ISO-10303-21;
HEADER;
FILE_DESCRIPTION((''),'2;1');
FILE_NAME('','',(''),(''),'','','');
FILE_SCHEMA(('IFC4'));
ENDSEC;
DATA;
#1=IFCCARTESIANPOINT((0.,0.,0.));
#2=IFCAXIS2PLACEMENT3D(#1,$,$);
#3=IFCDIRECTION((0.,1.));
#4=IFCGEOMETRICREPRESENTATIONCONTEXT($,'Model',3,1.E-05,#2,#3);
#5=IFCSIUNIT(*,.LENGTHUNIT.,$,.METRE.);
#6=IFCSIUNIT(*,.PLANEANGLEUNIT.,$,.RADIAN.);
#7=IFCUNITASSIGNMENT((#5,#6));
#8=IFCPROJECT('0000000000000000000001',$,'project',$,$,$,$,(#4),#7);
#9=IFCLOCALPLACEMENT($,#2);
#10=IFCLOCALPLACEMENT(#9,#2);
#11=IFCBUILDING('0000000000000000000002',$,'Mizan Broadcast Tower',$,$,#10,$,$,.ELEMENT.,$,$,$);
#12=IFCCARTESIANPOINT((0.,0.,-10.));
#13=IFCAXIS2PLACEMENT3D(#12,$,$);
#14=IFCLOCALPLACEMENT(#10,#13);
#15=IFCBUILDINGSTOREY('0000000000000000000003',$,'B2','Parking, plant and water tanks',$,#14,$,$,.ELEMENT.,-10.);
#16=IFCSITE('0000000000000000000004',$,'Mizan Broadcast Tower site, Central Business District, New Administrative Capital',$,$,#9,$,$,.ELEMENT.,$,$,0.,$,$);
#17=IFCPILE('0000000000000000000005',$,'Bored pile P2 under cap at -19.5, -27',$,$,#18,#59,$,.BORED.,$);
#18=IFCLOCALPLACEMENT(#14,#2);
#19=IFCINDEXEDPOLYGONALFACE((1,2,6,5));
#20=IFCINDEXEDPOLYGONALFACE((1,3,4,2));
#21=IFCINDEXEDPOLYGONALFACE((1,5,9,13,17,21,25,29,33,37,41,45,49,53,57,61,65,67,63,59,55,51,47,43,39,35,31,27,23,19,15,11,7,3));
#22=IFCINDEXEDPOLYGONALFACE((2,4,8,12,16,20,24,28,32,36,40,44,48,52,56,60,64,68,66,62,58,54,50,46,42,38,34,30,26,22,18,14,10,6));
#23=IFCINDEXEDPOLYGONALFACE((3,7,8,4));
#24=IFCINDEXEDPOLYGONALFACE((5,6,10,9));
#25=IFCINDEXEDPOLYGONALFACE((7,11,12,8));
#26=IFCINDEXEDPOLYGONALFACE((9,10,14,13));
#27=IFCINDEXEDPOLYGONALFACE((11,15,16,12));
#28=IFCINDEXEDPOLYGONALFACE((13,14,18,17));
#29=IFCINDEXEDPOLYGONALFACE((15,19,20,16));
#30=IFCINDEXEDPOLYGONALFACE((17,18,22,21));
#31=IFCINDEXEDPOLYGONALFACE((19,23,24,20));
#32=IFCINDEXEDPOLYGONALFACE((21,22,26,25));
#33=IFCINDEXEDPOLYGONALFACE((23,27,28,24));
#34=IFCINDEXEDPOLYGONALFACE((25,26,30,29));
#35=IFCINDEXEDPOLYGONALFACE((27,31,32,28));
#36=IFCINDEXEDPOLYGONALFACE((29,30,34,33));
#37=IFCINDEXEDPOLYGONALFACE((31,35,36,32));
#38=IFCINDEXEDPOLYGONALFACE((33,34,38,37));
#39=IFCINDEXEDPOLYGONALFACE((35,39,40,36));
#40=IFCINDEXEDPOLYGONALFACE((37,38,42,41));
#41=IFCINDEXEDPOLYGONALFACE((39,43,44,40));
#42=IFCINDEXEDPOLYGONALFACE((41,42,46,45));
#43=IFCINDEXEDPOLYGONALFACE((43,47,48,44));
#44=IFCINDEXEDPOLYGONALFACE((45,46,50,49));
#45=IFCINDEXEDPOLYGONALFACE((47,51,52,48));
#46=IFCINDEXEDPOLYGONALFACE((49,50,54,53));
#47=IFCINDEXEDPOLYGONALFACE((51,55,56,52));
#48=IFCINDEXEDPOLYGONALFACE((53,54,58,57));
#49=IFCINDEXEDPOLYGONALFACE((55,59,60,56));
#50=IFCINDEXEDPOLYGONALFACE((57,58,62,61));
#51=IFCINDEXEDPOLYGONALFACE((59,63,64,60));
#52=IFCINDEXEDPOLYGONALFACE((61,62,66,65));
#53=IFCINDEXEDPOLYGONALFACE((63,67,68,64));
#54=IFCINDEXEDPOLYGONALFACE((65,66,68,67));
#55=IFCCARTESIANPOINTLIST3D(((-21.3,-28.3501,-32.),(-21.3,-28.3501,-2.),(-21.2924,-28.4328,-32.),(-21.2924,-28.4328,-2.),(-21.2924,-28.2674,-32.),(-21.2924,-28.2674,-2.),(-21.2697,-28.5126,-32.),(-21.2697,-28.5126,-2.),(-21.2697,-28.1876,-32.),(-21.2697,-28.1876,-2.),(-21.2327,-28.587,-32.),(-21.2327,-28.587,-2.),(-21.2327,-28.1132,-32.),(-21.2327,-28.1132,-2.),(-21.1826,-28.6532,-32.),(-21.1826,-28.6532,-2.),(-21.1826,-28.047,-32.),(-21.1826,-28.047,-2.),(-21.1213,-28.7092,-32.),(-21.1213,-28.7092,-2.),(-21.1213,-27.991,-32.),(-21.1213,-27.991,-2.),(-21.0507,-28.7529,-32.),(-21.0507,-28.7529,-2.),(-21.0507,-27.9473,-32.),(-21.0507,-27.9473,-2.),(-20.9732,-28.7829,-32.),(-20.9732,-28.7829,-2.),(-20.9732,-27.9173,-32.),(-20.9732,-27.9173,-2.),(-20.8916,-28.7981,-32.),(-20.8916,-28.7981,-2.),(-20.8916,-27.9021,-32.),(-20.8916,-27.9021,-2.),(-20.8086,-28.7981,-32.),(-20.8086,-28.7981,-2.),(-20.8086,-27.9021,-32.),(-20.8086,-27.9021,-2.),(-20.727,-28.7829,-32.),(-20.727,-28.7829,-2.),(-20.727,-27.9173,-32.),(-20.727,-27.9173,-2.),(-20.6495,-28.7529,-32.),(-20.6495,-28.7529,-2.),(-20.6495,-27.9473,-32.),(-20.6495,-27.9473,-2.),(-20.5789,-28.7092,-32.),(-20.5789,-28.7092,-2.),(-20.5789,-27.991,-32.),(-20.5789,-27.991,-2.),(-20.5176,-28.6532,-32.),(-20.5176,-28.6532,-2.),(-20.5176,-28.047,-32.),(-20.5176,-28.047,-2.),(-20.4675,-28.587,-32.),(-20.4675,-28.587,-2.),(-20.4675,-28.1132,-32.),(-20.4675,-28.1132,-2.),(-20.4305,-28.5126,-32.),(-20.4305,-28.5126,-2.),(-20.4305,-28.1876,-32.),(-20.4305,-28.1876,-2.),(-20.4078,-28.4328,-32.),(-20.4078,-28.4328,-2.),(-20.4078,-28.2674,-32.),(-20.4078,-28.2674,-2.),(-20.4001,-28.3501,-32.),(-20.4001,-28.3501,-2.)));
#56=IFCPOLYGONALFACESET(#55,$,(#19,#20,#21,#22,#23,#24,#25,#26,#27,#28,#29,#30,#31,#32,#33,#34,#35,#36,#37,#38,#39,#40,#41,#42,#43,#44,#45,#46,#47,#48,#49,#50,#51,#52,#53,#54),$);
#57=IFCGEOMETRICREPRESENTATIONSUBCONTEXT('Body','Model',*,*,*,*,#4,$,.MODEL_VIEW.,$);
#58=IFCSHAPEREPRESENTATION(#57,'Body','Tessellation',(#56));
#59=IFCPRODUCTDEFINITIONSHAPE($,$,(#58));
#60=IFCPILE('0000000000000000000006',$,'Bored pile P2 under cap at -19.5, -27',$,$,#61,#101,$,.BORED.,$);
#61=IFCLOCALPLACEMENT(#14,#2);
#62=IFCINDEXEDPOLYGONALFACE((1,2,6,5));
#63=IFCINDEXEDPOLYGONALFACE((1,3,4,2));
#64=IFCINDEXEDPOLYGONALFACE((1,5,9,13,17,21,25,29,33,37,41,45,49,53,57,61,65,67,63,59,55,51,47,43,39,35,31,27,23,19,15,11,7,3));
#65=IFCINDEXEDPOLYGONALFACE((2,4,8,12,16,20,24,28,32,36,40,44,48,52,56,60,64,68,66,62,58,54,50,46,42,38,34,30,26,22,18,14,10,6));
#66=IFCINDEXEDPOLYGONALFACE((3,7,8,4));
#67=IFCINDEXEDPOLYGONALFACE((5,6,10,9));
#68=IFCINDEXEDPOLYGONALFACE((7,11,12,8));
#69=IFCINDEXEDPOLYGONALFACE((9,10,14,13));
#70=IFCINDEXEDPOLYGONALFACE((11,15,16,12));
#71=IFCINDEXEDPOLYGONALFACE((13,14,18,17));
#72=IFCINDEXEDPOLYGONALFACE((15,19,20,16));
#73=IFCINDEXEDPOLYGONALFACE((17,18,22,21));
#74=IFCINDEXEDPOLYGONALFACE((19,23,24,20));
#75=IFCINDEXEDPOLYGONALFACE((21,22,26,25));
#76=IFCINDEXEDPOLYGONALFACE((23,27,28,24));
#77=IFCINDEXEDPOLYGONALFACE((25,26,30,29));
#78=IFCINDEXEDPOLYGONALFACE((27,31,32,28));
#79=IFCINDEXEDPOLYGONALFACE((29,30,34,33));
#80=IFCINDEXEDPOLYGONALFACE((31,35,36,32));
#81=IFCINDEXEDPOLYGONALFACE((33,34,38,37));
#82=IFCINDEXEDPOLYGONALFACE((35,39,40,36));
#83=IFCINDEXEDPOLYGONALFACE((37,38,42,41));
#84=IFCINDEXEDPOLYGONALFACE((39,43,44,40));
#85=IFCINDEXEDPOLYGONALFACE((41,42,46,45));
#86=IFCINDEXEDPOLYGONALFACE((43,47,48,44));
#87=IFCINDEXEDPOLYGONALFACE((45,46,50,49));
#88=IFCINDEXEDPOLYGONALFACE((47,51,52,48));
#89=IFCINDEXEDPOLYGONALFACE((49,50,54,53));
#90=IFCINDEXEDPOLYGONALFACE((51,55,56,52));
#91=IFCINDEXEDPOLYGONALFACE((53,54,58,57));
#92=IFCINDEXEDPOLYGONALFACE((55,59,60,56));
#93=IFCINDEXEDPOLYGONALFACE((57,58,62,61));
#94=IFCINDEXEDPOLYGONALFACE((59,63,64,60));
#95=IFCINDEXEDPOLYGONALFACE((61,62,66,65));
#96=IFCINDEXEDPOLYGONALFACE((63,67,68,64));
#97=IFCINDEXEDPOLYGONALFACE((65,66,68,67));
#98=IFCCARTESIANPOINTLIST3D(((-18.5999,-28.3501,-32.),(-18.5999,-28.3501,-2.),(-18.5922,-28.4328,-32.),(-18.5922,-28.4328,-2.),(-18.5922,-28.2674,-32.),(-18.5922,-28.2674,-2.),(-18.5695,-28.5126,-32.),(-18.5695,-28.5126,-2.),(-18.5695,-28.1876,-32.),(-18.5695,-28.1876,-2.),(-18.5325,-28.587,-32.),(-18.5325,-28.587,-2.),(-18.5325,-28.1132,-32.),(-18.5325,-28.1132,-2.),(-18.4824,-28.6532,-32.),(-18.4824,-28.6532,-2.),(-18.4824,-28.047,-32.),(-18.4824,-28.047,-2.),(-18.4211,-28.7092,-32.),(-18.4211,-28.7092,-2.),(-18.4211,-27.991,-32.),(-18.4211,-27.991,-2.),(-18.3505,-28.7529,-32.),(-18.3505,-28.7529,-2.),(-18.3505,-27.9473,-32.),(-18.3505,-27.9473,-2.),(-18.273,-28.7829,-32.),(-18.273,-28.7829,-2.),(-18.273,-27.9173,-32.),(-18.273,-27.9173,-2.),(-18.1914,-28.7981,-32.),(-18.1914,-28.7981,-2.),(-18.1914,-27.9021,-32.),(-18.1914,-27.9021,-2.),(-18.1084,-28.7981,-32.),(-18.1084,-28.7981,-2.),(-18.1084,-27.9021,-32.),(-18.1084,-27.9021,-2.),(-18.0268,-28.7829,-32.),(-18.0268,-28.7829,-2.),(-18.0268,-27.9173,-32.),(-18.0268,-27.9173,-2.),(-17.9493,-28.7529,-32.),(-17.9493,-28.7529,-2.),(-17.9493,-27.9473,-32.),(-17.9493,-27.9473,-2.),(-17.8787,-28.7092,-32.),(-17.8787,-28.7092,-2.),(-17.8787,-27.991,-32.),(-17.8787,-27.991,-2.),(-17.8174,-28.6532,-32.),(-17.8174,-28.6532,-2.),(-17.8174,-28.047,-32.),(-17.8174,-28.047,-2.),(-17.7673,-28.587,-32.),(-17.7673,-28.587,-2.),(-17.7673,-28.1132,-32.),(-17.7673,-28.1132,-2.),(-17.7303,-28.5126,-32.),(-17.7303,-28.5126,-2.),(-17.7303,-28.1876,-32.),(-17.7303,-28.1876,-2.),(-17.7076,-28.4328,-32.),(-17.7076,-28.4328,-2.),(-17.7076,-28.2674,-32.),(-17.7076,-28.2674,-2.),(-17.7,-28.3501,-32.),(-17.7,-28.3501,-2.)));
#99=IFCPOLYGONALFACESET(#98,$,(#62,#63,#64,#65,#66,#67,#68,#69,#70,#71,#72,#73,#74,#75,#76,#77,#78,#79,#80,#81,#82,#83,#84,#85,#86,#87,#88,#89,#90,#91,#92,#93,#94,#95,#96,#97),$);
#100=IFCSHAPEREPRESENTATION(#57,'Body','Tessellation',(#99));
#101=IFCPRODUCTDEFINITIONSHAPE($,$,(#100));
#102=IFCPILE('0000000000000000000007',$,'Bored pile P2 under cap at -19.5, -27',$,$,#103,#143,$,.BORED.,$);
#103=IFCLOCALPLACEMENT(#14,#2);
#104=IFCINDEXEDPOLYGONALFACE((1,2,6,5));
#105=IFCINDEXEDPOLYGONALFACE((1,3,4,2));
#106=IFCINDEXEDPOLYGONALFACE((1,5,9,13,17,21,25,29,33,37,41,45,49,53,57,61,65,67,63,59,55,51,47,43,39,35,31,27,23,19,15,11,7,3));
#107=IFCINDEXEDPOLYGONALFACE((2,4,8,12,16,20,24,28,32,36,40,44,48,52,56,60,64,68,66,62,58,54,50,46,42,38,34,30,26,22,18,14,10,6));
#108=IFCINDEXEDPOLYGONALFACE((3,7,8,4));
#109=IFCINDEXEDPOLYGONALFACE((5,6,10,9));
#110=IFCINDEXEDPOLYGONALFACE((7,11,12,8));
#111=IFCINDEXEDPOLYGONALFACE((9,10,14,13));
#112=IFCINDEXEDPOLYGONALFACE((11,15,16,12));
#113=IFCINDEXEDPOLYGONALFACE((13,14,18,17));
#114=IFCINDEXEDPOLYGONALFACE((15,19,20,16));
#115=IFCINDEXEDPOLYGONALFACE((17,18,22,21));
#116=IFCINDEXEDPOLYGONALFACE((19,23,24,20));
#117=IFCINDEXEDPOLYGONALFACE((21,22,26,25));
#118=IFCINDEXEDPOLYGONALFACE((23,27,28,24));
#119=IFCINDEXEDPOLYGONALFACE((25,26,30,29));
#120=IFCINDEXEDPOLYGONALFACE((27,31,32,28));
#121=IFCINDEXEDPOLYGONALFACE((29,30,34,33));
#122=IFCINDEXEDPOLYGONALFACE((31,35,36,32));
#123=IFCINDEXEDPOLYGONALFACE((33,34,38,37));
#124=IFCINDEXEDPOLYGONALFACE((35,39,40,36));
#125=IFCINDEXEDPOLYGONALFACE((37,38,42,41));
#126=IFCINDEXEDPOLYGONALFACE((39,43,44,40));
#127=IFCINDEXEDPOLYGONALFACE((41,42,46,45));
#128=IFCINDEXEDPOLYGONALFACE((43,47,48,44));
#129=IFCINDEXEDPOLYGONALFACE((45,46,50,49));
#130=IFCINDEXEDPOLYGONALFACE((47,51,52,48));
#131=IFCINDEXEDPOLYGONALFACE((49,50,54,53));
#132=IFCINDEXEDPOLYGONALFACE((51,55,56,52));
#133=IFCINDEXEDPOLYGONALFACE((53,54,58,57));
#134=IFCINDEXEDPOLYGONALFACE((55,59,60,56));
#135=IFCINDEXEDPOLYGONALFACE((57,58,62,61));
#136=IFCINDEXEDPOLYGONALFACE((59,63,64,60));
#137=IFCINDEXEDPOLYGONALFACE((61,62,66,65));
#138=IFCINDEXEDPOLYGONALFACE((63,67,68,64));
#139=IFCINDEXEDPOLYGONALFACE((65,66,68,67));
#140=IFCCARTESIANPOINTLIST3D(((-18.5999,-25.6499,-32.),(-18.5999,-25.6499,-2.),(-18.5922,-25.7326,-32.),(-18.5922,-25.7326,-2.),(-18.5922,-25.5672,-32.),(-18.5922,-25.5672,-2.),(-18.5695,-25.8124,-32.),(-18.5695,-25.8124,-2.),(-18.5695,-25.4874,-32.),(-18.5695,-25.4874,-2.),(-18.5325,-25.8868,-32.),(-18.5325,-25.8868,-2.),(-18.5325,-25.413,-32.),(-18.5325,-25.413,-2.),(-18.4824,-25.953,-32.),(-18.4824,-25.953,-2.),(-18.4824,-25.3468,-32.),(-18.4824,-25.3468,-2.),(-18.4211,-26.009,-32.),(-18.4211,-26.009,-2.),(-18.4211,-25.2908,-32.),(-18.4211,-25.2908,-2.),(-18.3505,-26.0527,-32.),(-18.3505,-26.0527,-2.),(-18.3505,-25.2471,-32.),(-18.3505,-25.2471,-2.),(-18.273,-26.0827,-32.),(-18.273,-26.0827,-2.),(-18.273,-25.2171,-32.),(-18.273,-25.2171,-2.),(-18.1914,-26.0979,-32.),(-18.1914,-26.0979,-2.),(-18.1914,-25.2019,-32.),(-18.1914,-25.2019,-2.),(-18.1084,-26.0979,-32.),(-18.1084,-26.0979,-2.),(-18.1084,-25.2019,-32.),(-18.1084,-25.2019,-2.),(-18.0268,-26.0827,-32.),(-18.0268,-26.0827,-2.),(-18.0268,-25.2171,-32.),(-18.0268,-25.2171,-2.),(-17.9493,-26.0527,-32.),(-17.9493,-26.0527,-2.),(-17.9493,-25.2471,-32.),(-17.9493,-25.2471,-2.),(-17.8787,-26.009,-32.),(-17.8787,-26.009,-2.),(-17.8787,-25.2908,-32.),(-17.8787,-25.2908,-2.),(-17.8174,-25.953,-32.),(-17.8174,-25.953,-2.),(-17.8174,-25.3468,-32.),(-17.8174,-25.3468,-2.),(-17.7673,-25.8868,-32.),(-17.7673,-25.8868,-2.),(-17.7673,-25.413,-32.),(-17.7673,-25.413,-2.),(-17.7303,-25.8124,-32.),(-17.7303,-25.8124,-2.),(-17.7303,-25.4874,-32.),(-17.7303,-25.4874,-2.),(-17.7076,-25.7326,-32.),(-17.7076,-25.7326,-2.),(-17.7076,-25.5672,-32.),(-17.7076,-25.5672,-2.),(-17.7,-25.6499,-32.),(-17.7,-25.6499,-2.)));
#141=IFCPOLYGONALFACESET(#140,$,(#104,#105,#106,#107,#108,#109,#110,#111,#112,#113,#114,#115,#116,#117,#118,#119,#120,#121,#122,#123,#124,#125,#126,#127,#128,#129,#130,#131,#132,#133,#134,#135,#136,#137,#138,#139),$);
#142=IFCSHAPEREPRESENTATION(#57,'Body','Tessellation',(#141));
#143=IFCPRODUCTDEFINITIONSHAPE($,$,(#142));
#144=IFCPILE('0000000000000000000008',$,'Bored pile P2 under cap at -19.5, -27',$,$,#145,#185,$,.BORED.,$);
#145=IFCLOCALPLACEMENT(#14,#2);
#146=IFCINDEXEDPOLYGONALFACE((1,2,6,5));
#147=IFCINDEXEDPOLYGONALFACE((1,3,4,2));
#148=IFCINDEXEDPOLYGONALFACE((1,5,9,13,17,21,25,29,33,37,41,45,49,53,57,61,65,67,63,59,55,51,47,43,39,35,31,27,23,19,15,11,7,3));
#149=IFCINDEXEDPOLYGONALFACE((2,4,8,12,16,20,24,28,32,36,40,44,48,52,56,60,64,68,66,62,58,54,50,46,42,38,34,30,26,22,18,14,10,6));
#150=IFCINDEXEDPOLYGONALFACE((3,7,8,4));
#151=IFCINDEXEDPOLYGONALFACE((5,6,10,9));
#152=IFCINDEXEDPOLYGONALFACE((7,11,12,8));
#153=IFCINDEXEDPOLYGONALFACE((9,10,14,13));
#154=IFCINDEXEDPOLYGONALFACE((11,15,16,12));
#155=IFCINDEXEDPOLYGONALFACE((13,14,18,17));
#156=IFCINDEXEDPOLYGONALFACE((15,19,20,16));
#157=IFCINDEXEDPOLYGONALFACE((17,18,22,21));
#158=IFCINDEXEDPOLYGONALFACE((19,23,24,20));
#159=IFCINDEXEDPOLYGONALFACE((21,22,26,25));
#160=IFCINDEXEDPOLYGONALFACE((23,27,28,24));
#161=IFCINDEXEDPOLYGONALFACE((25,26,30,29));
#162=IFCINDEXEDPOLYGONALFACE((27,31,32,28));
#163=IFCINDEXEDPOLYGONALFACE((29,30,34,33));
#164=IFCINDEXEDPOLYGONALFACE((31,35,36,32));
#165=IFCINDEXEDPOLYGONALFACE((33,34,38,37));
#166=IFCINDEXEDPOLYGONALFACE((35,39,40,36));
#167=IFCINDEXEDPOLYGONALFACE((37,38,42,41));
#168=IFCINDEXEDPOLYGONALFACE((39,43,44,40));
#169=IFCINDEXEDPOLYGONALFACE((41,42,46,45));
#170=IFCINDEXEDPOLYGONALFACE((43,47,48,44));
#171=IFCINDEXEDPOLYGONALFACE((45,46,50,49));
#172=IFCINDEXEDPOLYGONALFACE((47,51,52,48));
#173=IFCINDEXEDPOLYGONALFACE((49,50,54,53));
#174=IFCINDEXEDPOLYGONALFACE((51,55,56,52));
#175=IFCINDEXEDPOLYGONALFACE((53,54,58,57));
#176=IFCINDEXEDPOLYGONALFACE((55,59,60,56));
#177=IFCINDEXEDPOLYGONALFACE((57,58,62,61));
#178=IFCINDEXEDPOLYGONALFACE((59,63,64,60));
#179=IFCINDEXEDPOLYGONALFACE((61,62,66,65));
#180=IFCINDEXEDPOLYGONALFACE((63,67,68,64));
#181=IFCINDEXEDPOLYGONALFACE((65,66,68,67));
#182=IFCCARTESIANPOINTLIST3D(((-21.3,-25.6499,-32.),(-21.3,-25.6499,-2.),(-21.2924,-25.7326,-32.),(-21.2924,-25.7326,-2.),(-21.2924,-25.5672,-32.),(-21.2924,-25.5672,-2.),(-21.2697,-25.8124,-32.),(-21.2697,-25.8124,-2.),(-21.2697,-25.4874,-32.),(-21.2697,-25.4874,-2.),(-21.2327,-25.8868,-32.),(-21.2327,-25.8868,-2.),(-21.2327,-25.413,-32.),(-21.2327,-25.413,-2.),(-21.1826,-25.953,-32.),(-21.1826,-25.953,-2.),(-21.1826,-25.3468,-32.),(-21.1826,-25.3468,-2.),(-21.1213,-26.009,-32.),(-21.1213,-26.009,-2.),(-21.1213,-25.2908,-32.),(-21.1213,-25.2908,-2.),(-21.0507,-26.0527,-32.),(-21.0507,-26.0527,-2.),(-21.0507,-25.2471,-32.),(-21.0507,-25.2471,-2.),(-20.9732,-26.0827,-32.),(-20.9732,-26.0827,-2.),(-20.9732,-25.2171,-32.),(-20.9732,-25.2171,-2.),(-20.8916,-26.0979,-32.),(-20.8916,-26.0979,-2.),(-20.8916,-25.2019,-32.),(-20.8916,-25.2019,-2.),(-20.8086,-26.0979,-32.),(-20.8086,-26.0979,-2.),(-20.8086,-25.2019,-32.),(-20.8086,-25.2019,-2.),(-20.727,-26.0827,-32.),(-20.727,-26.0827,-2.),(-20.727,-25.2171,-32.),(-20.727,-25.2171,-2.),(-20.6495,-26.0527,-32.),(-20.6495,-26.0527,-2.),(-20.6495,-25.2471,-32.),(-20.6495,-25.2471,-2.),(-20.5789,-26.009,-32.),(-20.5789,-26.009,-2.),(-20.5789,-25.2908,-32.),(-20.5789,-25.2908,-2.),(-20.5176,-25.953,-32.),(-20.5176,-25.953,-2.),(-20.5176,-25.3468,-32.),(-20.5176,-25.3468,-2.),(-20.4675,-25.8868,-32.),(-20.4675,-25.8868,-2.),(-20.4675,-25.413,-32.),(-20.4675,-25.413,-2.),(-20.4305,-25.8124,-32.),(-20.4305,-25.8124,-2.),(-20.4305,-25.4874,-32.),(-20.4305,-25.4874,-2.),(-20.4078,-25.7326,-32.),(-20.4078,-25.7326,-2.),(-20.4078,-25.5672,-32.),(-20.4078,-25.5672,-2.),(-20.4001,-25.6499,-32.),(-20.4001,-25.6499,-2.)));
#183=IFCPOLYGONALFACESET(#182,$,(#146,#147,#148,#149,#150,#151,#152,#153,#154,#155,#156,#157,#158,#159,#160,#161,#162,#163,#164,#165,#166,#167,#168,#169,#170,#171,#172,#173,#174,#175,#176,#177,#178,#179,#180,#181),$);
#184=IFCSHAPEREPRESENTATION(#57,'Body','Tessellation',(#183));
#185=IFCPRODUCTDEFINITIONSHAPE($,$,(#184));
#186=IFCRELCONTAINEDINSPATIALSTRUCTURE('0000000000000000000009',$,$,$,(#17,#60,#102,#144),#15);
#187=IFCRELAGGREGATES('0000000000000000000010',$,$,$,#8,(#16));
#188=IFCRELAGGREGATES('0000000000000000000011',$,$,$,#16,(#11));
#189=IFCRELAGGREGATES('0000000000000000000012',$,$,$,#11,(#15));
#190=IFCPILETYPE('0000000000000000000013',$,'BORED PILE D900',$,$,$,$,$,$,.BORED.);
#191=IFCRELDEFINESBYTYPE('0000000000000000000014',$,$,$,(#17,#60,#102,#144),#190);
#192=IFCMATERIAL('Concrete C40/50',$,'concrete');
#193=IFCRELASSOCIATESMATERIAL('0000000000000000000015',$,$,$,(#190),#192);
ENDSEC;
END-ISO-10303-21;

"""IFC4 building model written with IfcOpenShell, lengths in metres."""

from ifc_helpers import new_model, si_unit, direction, frame, origin, origin_2d, place, context, subcontext, project, spatial, circle, extrude, material, material_profile, profile_set, type_object, element, save


model = new_model("IFC4")

# Units and contexts
model_context = context("Model", 3, precision=1e-05, world=origin(), true_north=direction((0.0, 1.0)))
body_context = subcontext(model_context, "Body", "Model", "MODEL_VIEW")
ifc_project = project(units=[si_unit("LENGTHUNIT", "METRE"), si_unit("PLANEANGLEUNIT", "RADIAN")], contexts=[model_context])

# Site, building, storey
site_placement = place(None, origin())
site = spatial("IfcSite", under=ifc_project, at=site_placement, Name="Mizan Broadcast Tower site, Central Business District, New Administrative Capital", CompositionType="ELEMENT", RefElevation=0.0)
building_placement = place(site_placement, origin())
building = spatial("IfcBuilding", under=site, at=building_placement, Name="Mizan Broadcast Tower", CompositionType="ELEMENT")
storey_placement = place(building_placement, frame((0.0, 0.0, -10.0)))
storey = spatial("IfcBuildingStorey", under=building, at=storey_placement, Name="B2", Description="Parking, plant and water tanks", CompositionType="ELEMENT", Elevation=-10.0)

# Piles
ifc_material_1 = material(Name="Concrete C40/50", Category="concrete")
ifc_material_profile_1 = material_profile(ifc_material_1, circle(Radius=0.45, at=origin_2d()), Name="D900")
ifc_profile_set_1 = profile_set([ifc_material_profile_1], Name="Concrete C40/50")
pile_type_1 = type_object("IfcPileType", Name="BORED PILE D900", PredefinedType="BORED", material=ifc_profile_set_1)
for number, where, z_axis, x_axis, name in (
    (1, (-20.8501, -28.3501, -2.0), (0.0, 0.0, -1.0), (1.0, 0.0, 0.0), "Bored pile P2 under cap at -19.5, -27"),
    (2, (-18.1499, -28.3501, -2.0), (0.0, 0.0, -1.0), (1.0, 0.0, 0.0), "Bored pile P2 under cap at -19.5, -27"),
    (3, (-18.1499, -25.6499, -2.0), (0.0, 0.0, -1.0), (1.0, 0.0, 0.0), "Bored pile P2 under cap at -19.5, -27"),
    (4, (-20.8501, -25.6499, -2.0), (0.0, 0.0, -1.0), (1.0, 0.0, 0.0), "Bored pile P2 under cap at -19.5, -27"),
):
    element("IfcPile", number, at=place(storey_placement, frame(where, z_axis=z_axis, x_axis=x_axis)), inside=storey, type_object=pile_type_1, Name=name, PredefinedType="BORED", context=body_context, shape_type="SweptSolid", body=[
        extrude(circle(Radius=0.45, at=origin_2d()), origin(), (0.0, 0.0, 1.0), 30.0),
    ])

save(model, "model.ifc")
